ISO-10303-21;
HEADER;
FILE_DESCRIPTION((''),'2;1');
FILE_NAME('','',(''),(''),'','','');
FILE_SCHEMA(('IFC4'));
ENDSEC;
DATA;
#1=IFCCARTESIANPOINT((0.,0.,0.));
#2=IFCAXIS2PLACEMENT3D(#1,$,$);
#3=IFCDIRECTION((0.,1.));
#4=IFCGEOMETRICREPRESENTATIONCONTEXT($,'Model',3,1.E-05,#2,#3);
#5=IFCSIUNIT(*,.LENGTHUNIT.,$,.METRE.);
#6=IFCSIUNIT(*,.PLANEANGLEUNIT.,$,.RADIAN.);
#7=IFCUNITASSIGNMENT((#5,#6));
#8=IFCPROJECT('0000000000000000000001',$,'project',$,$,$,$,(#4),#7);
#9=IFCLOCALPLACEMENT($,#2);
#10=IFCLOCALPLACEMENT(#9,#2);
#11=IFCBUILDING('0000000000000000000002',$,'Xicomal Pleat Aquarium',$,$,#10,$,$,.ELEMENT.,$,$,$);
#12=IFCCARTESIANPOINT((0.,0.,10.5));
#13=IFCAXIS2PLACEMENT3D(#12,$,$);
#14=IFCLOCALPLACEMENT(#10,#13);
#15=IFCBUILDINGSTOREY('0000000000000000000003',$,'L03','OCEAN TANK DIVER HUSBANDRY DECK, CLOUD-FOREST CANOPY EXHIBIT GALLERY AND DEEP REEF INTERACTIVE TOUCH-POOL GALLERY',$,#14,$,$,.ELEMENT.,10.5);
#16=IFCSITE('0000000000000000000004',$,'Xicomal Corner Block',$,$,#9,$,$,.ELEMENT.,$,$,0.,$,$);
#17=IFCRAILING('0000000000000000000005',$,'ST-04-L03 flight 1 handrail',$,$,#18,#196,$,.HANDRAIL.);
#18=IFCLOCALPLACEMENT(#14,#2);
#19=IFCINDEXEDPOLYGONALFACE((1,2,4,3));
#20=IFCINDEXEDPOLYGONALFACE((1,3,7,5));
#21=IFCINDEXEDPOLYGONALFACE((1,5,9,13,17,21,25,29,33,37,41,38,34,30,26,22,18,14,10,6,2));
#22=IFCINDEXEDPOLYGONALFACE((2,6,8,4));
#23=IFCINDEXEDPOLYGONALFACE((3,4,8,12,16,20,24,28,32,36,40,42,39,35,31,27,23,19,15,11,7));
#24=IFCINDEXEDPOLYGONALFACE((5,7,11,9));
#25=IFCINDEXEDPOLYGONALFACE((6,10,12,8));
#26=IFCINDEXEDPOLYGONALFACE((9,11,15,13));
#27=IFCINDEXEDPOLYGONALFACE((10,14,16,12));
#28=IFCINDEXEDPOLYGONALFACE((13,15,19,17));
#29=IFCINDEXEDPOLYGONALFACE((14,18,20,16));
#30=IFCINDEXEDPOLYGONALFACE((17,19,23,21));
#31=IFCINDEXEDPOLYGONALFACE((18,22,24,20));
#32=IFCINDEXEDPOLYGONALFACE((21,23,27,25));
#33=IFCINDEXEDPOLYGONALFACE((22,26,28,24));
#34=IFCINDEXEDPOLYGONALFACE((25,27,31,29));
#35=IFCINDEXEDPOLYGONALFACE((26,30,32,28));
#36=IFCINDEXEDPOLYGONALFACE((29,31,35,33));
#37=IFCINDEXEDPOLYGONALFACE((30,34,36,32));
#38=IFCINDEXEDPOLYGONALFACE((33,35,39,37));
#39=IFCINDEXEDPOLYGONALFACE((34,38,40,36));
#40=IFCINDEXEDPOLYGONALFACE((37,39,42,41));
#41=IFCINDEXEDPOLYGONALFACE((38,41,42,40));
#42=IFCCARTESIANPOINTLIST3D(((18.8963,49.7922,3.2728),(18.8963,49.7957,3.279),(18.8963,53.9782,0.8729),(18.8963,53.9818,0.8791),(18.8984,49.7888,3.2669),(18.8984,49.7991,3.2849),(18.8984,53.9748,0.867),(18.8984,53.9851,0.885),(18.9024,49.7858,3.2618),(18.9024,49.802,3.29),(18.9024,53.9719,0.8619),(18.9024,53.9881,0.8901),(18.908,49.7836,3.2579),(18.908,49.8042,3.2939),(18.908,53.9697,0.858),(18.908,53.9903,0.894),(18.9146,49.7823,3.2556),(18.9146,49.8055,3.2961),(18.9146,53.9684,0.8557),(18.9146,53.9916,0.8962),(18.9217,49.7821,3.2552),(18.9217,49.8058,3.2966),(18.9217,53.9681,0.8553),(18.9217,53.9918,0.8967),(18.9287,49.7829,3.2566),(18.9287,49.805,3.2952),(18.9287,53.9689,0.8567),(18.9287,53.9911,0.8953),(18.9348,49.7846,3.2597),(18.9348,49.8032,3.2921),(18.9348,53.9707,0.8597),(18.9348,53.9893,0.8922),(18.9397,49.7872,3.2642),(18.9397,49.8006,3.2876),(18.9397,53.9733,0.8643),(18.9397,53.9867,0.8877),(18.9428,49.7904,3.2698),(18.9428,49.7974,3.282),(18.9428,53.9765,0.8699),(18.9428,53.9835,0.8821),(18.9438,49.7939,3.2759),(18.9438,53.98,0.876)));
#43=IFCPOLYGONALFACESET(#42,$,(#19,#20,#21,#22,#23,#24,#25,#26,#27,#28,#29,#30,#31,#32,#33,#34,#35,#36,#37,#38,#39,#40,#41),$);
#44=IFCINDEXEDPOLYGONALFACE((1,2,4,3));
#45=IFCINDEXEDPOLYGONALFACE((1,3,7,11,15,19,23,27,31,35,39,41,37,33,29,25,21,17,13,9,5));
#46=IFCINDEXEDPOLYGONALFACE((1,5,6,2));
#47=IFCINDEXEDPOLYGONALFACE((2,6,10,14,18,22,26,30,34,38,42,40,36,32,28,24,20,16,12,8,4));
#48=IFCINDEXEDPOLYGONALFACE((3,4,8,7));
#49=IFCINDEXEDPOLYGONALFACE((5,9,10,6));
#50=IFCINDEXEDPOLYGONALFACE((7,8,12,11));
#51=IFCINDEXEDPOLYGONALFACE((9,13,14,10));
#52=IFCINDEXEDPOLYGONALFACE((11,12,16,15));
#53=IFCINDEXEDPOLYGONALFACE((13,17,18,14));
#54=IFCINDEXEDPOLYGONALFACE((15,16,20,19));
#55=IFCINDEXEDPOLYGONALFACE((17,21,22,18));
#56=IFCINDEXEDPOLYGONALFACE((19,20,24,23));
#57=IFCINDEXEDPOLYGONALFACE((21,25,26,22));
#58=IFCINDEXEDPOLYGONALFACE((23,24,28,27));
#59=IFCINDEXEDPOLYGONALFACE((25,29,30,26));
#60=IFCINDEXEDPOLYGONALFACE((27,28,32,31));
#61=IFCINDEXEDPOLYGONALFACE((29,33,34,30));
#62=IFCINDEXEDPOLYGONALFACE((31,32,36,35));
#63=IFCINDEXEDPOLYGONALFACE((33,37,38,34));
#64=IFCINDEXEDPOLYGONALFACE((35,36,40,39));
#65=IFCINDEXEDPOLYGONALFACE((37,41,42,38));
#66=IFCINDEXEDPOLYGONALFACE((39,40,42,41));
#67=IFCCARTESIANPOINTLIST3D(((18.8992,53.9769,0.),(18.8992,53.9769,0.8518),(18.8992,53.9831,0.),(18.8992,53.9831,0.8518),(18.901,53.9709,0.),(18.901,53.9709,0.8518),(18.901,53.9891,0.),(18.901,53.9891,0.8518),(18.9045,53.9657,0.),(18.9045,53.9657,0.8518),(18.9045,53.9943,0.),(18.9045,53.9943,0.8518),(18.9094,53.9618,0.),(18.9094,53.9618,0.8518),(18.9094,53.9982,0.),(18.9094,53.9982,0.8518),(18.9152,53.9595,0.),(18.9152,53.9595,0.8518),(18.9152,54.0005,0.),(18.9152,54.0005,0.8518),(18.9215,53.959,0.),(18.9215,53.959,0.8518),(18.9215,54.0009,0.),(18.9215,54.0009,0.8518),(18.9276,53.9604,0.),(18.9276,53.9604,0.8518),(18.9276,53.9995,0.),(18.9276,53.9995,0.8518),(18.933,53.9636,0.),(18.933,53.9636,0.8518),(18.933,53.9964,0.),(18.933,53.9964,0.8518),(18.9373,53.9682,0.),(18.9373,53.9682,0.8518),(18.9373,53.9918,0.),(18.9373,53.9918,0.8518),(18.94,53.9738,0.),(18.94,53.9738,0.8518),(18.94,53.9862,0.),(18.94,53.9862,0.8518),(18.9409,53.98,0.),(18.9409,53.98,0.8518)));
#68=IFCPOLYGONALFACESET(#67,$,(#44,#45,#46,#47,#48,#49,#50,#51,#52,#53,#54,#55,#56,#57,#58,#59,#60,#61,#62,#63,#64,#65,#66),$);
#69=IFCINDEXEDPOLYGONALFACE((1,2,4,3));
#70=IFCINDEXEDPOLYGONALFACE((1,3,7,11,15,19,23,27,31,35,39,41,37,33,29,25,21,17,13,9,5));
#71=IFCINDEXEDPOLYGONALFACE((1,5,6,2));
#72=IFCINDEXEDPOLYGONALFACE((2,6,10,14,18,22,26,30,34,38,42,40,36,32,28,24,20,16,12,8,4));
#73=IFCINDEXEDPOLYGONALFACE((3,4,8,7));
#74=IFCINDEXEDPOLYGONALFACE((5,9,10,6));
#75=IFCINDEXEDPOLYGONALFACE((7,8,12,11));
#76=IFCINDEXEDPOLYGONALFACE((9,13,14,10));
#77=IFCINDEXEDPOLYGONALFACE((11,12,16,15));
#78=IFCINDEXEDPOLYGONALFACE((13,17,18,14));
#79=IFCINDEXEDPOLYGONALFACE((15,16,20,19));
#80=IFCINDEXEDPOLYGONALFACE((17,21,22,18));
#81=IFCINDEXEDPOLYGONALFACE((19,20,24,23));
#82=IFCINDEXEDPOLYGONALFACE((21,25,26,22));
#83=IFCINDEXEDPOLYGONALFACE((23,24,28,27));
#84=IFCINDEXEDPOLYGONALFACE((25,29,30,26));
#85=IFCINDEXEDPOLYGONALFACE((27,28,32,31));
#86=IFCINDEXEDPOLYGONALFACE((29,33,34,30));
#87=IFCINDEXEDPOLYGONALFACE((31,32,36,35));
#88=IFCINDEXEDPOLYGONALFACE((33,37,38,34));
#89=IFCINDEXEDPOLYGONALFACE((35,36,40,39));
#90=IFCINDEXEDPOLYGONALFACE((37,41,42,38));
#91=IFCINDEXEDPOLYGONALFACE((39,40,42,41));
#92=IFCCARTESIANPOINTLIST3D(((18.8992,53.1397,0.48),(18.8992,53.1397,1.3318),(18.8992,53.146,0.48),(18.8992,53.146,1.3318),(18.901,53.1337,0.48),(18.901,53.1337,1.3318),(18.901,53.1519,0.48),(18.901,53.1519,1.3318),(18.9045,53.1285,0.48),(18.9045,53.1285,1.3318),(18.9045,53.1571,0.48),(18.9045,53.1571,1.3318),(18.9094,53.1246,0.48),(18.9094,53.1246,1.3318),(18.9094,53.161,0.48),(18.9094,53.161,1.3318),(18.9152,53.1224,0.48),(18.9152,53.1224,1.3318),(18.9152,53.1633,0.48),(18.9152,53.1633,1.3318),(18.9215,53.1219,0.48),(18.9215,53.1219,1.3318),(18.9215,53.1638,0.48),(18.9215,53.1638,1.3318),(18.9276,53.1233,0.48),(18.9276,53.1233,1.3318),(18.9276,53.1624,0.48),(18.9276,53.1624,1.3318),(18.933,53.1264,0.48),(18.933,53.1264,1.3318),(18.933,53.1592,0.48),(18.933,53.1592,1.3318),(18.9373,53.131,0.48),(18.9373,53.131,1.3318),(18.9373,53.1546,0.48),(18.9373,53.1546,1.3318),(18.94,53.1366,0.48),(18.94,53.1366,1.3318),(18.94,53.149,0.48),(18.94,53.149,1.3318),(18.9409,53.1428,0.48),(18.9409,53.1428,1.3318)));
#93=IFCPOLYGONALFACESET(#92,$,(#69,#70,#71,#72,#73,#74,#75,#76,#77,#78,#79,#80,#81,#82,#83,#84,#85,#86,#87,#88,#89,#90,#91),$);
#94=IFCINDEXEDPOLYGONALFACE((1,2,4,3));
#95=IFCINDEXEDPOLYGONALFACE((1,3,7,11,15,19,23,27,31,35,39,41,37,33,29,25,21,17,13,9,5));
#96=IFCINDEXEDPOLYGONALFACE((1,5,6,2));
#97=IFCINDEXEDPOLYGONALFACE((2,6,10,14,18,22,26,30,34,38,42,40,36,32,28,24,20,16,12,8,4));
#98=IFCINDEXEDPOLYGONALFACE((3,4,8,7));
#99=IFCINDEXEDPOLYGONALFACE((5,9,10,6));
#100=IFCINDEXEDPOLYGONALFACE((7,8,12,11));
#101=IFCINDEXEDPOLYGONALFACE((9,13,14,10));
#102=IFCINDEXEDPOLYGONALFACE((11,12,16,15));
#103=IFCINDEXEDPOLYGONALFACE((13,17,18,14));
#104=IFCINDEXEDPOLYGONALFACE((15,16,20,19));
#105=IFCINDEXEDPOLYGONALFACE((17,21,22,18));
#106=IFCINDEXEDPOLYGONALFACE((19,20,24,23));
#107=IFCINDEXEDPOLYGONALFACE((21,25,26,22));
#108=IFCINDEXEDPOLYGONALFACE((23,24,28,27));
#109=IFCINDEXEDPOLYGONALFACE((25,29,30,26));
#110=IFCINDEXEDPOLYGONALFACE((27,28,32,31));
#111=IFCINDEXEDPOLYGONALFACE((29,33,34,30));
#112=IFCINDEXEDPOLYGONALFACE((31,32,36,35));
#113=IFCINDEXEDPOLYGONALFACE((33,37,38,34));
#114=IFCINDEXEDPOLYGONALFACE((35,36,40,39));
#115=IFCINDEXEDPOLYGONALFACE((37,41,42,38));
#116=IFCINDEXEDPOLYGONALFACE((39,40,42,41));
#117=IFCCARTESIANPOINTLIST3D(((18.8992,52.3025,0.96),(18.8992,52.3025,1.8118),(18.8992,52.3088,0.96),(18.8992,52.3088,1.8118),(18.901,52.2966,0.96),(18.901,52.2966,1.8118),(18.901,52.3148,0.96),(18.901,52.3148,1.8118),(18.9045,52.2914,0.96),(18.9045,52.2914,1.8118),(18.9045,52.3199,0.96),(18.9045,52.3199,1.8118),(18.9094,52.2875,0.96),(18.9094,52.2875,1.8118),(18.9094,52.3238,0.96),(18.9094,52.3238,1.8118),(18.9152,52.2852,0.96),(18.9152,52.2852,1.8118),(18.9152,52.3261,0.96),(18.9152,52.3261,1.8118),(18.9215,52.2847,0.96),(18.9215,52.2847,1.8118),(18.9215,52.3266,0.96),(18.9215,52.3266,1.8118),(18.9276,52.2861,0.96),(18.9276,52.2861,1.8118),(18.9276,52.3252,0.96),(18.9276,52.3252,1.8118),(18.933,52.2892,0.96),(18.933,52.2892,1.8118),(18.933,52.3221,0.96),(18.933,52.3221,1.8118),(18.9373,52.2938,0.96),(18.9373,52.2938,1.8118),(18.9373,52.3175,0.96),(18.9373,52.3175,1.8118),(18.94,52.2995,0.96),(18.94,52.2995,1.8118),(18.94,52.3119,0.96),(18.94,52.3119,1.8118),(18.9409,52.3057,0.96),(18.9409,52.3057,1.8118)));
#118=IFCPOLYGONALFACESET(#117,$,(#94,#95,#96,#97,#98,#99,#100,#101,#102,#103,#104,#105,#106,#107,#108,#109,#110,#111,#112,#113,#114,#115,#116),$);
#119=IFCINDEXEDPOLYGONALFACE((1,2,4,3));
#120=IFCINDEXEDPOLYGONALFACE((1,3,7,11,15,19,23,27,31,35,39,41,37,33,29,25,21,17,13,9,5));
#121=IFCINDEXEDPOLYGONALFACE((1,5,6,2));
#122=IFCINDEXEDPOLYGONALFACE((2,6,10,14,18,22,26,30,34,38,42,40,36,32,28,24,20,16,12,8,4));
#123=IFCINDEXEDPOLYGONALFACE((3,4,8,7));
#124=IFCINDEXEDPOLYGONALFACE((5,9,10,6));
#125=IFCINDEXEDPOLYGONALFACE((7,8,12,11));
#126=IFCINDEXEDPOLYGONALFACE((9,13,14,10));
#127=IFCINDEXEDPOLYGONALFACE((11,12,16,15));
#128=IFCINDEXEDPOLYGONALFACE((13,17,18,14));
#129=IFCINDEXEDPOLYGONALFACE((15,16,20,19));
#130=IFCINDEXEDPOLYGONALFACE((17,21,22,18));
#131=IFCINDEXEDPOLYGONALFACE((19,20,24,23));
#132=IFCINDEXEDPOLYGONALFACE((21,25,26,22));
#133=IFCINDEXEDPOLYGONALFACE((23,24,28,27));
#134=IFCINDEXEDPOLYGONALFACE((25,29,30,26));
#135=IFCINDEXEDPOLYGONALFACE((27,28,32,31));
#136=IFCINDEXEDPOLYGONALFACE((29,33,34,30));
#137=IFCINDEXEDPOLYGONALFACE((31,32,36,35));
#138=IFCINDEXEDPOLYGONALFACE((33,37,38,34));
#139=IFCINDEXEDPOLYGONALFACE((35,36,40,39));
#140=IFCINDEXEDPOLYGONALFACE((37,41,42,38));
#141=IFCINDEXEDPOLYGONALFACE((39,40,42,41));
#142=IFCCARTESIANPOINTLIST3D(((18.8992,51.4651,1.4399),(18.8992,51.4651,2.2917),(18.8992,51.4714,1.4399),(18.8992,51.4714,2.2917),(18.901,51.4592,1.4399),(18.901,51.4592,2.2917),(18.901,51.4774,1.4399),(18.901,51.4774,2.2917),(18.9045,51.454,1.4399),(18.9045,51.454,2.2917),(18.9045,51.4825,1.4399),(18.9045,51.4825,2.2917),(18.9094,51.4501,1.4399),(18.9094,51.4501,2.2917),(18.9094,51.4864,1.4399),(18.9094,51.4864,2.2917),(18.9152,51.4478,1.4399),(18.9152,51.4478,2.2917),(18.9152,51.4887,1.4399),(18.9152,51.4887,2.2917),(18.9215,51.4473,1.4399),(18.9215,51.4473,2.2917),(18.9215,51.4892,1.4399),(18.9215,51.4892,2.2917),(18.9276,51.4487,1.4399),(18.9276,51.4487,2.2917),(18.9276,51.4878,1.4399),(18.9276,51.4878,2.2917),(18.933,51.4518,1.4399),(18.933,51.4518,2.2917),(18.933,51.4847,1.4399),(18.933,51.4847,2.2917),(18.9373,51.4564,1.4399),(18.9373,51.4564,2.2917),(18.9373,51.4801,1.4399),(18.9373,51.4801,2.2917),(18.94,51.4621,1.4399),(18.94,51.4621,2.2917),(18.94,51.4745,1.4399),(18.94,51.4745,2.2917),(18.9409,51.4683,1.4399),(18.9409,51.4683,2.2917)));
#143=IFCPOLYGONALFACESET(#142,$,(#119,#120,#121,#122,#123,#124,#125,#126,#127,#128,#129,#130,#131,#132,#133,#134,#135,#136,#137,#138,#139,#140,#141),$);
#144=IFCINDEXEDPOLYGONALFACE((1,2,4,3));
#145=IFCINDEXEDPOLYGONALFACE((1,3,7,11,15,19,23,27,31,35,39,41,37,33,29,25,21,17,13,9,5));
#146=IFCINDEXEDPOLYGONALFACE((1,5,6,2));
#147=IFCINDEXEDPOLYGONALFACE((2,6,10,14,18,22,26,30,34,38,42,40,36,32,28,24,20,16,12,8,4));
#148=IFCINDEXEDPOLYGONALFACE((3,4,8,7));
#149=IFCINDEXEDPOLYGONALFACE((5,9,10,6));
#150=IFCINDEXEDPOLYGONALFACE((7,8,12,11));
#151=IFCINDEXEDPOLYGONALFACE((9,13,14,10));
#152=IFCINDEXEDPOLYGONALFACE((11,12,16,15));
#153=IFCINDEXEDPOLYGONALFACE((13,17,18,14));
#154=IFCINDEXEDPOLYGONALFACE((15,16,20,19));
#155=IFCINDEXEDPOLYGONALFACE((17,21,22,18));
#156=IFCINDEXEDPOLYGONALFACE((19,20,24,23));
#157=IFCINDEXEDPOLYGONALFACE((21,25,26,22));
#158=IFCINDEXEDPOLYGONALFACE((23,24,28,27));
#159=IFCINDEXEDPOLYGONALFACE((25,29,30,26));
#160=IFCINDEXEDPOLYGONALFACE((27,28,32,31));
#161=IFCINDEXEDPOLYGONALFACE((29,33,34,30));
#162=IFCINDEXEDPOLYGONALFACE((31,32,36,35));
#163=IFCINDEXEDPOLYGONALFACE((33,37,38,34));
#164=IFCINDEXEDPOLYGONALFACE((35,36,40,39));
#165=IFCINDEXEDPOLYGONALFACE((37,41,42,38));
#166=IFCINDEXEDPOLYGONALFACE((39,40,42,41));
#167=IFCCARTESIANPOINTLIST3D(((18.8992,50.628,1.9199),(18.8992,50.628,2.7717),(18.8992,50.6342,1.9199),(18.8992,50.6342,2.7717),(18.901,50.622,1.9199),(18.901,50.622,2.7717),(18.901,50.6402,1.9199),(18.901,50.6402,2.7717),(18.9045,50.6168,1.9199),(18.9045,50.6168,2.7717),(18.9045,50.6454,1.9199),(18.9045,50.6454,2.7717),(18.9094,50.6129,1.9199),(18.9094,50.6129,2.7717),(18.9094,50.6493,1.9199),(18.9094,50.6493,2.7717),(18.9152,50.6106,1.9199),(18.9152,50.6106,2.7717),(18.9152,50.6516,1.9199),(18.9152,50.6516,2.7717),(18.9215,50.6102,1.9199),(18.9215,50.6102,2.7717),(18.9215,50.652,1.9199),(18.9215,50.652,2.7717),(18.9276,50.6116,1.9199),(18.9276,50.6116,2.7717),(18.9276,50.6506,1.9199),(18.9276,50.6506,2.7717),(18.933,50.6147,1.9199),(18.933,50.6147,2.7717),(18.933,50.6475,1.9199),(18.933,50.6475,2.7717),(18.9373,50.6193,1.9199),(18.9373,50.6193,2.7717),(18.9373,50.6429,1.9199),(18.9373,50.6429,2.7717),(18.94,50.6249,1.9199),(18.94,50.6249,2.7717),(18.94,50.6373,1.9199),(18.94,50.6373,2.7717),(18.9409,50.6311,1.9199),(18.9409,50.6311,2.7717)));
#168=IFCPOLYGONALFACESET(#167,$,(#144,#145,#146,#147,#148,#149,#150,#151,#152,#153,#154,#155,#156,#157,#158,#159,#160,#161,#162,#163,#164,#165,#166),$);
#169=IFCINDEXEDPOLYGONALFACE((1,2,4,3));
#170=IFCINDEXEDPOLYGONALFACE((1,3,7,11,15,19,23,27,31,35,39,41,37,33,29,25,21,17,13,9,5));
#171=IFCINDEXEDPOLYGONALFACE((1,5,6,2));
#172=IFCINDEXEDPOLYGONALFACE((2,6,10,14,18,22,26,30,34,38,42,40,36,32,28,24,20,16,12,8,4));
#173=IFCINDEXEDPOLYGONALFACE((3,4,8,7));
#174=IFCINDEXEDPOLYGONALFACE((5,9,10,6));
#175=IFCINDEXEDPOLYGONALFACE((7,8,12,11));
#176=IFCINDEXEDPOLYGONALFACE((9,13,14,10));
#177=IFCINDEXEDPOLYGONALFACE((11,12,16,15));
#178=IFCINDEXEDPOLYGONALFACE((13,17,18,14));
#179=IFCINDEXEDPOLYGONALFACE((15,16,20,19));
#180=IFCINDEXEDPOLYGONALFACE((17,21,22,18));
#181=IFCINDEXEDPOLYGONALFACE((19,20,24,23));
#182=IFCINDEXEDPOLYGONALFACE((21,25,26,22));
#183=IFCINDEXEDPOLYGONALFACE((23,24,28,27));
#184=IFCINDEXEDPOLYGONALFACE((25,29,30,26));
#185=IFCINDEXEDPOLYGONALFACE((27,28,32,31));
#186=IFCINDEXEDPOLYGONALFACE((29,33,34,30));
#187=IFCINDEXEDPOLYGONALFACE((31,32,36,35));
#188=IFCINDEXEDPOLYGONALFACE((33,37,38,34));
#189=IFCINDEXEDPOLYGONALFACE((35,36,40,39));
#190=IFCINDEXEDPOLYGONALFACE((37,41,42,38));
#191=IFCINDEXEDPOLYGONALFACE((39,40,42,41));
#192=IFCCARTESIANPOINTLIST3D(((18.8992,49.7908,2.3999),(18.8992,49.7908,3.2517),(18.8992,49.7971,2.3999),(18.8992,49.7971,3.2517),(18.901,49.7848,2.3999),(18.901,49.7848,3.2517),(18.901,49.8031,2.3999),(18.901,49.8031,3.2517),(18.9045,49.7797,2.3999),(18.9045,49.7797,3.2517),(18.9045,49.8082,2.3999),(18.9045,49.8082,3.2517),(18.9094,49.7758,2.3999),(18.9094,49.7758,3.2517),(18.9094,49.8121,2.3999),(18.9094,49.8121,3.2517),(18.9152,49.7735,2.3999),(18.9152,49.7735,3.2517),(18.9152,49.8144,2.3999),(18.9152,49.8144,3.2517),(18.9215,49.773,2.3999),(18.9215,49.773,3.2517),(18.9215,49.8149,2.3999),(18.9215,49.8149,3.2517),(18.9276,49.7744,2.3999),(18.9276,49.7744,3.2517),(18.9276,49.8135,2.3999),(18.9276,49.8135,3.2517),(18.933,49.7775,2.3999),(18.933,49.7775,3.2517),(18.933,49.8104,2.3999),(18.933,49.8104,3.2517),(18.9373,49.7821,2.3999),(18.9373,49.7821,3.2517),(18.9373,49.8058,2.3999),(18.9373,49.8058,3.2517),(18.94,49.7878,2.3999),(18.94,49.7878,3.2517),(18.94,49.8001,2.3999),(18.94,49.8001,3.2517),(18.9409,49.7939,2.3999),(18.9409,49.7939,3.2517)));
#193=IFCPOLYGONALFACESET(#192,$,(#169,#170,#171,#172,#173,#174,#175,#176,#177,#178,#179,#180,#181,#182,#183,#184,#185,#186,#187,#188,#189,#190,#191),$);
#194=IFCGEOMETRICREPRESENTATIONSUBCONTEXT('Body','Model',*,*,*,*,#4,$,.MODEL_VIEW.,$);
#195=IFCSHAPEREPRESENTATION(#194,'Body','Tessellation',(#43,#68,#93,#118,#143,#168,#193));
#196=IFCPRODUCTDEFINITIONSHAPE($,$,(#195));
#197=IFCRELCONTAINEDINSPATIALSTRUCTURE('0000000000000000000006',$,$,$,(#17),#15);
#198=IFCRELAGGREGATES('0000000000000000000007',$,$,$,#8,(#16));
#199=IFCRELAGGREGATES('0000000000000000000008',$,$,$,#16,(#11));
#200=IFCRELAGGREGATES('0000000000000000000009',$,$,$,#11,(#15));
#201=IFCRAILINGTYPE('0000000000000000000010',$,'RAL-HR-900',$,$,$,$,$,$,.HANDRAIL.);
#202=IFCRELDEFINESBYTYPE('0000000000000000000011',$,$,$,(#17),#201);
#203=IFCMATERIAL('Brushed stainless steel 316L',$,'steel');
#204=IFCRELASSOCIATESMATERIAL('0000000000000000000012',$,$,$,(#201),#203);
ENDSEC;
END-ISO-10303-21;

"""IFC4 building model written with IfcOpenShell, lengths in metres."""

from ifc_helpers import new_model, si_unit, direction, frame, origin, origin_2d, place, context, subcontext, project, spatial, circle, extrude, material, type_object, element, save


model = new_model("IFC4")

# Units and contexts
model_context = context("Model", 3, precision=1e-05, world=origin(), true_north=direction((0.0, 1.0)))
body_context = subcontext(model_context, "Body", "Model", "MODEL_VIEW")
ifc_project = project(units=[si_unit("LENGTHUNIT", "METRE"), si_unit("PLANEANGLEUNIT", "RADIAN")], contexts=[model_context])

# Site, building, storey
site_placement = place(None, origin())
site = spatial("IfcSite", under=ifc_project, at=site_placement, Name="Xicomal Corner Block", CompositionType="ELEMENT", RefElevation=0.0)
building_placement = place(site_placement, origin())
building = spatial("IfcBuilding", under=site, at=building_placement, Name="Xicomal Pleat Aquarium", CompositionType="ELEMENT")
storey_placement = place(building_placement, frame((0.0, 0.0, 10.5)))
storey = spatial("IfcBuildingStorey", under=building, at=storey_placement, Name="L03", Description="OCEAN TANK DIVER HUSBANDRY DECK, CLOUD-FOREST CANOPY EXHIBIT GALLERY AND DEEP REEF INTERACTIVE TOUCH-POOL GALLERY", CompositionType="ELEMENT", Elevation=10.5)

# Railing
ifc_material_1 = material(Name="Brushed stainless steel 316L", Category="steel")
railing_type_1 = type_object("IfcRailingType", Name="RAL-HR-900", PredefinedType="HANDRAIL", material=ifc_material_1)
railing_1_placement = place(storey_placement, frame((18.9199, 53.98, 0.0)))
element("IfcRailing", 1, at=railing_1_placement, inside=storey, type_object=railing_type_1, Name="ST-04-L03 flight 1 handrail", PredefinedType="HANDRAIL", context=body_context, shape_type="SweptSolid", body=[
    extrude(circle(Radius=0.0239, at=origin_2d()), frame((0.0, 0.0, 0.876), z_axis=(0.0, -0.867539, 0.49737), x_axis=(1.0, 0.0, 0.0)), (0.0, 0.0, 1.0), 4.8252),
    extrude(circle(Radius=0.021, at=origin_2d()), origin(), (0.0, 0.0, 1.0), 0.8518),
    extrude(circle(Radius=0.021, at=origin_2d()), frame((0.0, -0.8372, 0.48)), (0.0, 0.0, 1.0), 0.8518),
    extrude(circle(Radius=0.021, at=origin_2d()), frame((0.0, -1.6743, 0.96)), (0.0, 0.0, 1.0), 0.8518),
    extrude(circle(Radius=0.021, at=origin_2d()), frame((0.0, -2.5117, 1.4399)), (0.0, 0.0, 1.0), 0.8518),
    extrude(circle(Radius=0.021, at=origin_2d()), frame((0.0, -3.3489, 1.9199)), (0.0, 0.0, 1.0), 0.8518),
    extrude(circle(Radius=0.021, at=origin_2d()), frame((0.0, -4.186, 2.3999)), (0.0, 0.0, 1.0), 0.8518),
])

save(model, "model.ifc")
